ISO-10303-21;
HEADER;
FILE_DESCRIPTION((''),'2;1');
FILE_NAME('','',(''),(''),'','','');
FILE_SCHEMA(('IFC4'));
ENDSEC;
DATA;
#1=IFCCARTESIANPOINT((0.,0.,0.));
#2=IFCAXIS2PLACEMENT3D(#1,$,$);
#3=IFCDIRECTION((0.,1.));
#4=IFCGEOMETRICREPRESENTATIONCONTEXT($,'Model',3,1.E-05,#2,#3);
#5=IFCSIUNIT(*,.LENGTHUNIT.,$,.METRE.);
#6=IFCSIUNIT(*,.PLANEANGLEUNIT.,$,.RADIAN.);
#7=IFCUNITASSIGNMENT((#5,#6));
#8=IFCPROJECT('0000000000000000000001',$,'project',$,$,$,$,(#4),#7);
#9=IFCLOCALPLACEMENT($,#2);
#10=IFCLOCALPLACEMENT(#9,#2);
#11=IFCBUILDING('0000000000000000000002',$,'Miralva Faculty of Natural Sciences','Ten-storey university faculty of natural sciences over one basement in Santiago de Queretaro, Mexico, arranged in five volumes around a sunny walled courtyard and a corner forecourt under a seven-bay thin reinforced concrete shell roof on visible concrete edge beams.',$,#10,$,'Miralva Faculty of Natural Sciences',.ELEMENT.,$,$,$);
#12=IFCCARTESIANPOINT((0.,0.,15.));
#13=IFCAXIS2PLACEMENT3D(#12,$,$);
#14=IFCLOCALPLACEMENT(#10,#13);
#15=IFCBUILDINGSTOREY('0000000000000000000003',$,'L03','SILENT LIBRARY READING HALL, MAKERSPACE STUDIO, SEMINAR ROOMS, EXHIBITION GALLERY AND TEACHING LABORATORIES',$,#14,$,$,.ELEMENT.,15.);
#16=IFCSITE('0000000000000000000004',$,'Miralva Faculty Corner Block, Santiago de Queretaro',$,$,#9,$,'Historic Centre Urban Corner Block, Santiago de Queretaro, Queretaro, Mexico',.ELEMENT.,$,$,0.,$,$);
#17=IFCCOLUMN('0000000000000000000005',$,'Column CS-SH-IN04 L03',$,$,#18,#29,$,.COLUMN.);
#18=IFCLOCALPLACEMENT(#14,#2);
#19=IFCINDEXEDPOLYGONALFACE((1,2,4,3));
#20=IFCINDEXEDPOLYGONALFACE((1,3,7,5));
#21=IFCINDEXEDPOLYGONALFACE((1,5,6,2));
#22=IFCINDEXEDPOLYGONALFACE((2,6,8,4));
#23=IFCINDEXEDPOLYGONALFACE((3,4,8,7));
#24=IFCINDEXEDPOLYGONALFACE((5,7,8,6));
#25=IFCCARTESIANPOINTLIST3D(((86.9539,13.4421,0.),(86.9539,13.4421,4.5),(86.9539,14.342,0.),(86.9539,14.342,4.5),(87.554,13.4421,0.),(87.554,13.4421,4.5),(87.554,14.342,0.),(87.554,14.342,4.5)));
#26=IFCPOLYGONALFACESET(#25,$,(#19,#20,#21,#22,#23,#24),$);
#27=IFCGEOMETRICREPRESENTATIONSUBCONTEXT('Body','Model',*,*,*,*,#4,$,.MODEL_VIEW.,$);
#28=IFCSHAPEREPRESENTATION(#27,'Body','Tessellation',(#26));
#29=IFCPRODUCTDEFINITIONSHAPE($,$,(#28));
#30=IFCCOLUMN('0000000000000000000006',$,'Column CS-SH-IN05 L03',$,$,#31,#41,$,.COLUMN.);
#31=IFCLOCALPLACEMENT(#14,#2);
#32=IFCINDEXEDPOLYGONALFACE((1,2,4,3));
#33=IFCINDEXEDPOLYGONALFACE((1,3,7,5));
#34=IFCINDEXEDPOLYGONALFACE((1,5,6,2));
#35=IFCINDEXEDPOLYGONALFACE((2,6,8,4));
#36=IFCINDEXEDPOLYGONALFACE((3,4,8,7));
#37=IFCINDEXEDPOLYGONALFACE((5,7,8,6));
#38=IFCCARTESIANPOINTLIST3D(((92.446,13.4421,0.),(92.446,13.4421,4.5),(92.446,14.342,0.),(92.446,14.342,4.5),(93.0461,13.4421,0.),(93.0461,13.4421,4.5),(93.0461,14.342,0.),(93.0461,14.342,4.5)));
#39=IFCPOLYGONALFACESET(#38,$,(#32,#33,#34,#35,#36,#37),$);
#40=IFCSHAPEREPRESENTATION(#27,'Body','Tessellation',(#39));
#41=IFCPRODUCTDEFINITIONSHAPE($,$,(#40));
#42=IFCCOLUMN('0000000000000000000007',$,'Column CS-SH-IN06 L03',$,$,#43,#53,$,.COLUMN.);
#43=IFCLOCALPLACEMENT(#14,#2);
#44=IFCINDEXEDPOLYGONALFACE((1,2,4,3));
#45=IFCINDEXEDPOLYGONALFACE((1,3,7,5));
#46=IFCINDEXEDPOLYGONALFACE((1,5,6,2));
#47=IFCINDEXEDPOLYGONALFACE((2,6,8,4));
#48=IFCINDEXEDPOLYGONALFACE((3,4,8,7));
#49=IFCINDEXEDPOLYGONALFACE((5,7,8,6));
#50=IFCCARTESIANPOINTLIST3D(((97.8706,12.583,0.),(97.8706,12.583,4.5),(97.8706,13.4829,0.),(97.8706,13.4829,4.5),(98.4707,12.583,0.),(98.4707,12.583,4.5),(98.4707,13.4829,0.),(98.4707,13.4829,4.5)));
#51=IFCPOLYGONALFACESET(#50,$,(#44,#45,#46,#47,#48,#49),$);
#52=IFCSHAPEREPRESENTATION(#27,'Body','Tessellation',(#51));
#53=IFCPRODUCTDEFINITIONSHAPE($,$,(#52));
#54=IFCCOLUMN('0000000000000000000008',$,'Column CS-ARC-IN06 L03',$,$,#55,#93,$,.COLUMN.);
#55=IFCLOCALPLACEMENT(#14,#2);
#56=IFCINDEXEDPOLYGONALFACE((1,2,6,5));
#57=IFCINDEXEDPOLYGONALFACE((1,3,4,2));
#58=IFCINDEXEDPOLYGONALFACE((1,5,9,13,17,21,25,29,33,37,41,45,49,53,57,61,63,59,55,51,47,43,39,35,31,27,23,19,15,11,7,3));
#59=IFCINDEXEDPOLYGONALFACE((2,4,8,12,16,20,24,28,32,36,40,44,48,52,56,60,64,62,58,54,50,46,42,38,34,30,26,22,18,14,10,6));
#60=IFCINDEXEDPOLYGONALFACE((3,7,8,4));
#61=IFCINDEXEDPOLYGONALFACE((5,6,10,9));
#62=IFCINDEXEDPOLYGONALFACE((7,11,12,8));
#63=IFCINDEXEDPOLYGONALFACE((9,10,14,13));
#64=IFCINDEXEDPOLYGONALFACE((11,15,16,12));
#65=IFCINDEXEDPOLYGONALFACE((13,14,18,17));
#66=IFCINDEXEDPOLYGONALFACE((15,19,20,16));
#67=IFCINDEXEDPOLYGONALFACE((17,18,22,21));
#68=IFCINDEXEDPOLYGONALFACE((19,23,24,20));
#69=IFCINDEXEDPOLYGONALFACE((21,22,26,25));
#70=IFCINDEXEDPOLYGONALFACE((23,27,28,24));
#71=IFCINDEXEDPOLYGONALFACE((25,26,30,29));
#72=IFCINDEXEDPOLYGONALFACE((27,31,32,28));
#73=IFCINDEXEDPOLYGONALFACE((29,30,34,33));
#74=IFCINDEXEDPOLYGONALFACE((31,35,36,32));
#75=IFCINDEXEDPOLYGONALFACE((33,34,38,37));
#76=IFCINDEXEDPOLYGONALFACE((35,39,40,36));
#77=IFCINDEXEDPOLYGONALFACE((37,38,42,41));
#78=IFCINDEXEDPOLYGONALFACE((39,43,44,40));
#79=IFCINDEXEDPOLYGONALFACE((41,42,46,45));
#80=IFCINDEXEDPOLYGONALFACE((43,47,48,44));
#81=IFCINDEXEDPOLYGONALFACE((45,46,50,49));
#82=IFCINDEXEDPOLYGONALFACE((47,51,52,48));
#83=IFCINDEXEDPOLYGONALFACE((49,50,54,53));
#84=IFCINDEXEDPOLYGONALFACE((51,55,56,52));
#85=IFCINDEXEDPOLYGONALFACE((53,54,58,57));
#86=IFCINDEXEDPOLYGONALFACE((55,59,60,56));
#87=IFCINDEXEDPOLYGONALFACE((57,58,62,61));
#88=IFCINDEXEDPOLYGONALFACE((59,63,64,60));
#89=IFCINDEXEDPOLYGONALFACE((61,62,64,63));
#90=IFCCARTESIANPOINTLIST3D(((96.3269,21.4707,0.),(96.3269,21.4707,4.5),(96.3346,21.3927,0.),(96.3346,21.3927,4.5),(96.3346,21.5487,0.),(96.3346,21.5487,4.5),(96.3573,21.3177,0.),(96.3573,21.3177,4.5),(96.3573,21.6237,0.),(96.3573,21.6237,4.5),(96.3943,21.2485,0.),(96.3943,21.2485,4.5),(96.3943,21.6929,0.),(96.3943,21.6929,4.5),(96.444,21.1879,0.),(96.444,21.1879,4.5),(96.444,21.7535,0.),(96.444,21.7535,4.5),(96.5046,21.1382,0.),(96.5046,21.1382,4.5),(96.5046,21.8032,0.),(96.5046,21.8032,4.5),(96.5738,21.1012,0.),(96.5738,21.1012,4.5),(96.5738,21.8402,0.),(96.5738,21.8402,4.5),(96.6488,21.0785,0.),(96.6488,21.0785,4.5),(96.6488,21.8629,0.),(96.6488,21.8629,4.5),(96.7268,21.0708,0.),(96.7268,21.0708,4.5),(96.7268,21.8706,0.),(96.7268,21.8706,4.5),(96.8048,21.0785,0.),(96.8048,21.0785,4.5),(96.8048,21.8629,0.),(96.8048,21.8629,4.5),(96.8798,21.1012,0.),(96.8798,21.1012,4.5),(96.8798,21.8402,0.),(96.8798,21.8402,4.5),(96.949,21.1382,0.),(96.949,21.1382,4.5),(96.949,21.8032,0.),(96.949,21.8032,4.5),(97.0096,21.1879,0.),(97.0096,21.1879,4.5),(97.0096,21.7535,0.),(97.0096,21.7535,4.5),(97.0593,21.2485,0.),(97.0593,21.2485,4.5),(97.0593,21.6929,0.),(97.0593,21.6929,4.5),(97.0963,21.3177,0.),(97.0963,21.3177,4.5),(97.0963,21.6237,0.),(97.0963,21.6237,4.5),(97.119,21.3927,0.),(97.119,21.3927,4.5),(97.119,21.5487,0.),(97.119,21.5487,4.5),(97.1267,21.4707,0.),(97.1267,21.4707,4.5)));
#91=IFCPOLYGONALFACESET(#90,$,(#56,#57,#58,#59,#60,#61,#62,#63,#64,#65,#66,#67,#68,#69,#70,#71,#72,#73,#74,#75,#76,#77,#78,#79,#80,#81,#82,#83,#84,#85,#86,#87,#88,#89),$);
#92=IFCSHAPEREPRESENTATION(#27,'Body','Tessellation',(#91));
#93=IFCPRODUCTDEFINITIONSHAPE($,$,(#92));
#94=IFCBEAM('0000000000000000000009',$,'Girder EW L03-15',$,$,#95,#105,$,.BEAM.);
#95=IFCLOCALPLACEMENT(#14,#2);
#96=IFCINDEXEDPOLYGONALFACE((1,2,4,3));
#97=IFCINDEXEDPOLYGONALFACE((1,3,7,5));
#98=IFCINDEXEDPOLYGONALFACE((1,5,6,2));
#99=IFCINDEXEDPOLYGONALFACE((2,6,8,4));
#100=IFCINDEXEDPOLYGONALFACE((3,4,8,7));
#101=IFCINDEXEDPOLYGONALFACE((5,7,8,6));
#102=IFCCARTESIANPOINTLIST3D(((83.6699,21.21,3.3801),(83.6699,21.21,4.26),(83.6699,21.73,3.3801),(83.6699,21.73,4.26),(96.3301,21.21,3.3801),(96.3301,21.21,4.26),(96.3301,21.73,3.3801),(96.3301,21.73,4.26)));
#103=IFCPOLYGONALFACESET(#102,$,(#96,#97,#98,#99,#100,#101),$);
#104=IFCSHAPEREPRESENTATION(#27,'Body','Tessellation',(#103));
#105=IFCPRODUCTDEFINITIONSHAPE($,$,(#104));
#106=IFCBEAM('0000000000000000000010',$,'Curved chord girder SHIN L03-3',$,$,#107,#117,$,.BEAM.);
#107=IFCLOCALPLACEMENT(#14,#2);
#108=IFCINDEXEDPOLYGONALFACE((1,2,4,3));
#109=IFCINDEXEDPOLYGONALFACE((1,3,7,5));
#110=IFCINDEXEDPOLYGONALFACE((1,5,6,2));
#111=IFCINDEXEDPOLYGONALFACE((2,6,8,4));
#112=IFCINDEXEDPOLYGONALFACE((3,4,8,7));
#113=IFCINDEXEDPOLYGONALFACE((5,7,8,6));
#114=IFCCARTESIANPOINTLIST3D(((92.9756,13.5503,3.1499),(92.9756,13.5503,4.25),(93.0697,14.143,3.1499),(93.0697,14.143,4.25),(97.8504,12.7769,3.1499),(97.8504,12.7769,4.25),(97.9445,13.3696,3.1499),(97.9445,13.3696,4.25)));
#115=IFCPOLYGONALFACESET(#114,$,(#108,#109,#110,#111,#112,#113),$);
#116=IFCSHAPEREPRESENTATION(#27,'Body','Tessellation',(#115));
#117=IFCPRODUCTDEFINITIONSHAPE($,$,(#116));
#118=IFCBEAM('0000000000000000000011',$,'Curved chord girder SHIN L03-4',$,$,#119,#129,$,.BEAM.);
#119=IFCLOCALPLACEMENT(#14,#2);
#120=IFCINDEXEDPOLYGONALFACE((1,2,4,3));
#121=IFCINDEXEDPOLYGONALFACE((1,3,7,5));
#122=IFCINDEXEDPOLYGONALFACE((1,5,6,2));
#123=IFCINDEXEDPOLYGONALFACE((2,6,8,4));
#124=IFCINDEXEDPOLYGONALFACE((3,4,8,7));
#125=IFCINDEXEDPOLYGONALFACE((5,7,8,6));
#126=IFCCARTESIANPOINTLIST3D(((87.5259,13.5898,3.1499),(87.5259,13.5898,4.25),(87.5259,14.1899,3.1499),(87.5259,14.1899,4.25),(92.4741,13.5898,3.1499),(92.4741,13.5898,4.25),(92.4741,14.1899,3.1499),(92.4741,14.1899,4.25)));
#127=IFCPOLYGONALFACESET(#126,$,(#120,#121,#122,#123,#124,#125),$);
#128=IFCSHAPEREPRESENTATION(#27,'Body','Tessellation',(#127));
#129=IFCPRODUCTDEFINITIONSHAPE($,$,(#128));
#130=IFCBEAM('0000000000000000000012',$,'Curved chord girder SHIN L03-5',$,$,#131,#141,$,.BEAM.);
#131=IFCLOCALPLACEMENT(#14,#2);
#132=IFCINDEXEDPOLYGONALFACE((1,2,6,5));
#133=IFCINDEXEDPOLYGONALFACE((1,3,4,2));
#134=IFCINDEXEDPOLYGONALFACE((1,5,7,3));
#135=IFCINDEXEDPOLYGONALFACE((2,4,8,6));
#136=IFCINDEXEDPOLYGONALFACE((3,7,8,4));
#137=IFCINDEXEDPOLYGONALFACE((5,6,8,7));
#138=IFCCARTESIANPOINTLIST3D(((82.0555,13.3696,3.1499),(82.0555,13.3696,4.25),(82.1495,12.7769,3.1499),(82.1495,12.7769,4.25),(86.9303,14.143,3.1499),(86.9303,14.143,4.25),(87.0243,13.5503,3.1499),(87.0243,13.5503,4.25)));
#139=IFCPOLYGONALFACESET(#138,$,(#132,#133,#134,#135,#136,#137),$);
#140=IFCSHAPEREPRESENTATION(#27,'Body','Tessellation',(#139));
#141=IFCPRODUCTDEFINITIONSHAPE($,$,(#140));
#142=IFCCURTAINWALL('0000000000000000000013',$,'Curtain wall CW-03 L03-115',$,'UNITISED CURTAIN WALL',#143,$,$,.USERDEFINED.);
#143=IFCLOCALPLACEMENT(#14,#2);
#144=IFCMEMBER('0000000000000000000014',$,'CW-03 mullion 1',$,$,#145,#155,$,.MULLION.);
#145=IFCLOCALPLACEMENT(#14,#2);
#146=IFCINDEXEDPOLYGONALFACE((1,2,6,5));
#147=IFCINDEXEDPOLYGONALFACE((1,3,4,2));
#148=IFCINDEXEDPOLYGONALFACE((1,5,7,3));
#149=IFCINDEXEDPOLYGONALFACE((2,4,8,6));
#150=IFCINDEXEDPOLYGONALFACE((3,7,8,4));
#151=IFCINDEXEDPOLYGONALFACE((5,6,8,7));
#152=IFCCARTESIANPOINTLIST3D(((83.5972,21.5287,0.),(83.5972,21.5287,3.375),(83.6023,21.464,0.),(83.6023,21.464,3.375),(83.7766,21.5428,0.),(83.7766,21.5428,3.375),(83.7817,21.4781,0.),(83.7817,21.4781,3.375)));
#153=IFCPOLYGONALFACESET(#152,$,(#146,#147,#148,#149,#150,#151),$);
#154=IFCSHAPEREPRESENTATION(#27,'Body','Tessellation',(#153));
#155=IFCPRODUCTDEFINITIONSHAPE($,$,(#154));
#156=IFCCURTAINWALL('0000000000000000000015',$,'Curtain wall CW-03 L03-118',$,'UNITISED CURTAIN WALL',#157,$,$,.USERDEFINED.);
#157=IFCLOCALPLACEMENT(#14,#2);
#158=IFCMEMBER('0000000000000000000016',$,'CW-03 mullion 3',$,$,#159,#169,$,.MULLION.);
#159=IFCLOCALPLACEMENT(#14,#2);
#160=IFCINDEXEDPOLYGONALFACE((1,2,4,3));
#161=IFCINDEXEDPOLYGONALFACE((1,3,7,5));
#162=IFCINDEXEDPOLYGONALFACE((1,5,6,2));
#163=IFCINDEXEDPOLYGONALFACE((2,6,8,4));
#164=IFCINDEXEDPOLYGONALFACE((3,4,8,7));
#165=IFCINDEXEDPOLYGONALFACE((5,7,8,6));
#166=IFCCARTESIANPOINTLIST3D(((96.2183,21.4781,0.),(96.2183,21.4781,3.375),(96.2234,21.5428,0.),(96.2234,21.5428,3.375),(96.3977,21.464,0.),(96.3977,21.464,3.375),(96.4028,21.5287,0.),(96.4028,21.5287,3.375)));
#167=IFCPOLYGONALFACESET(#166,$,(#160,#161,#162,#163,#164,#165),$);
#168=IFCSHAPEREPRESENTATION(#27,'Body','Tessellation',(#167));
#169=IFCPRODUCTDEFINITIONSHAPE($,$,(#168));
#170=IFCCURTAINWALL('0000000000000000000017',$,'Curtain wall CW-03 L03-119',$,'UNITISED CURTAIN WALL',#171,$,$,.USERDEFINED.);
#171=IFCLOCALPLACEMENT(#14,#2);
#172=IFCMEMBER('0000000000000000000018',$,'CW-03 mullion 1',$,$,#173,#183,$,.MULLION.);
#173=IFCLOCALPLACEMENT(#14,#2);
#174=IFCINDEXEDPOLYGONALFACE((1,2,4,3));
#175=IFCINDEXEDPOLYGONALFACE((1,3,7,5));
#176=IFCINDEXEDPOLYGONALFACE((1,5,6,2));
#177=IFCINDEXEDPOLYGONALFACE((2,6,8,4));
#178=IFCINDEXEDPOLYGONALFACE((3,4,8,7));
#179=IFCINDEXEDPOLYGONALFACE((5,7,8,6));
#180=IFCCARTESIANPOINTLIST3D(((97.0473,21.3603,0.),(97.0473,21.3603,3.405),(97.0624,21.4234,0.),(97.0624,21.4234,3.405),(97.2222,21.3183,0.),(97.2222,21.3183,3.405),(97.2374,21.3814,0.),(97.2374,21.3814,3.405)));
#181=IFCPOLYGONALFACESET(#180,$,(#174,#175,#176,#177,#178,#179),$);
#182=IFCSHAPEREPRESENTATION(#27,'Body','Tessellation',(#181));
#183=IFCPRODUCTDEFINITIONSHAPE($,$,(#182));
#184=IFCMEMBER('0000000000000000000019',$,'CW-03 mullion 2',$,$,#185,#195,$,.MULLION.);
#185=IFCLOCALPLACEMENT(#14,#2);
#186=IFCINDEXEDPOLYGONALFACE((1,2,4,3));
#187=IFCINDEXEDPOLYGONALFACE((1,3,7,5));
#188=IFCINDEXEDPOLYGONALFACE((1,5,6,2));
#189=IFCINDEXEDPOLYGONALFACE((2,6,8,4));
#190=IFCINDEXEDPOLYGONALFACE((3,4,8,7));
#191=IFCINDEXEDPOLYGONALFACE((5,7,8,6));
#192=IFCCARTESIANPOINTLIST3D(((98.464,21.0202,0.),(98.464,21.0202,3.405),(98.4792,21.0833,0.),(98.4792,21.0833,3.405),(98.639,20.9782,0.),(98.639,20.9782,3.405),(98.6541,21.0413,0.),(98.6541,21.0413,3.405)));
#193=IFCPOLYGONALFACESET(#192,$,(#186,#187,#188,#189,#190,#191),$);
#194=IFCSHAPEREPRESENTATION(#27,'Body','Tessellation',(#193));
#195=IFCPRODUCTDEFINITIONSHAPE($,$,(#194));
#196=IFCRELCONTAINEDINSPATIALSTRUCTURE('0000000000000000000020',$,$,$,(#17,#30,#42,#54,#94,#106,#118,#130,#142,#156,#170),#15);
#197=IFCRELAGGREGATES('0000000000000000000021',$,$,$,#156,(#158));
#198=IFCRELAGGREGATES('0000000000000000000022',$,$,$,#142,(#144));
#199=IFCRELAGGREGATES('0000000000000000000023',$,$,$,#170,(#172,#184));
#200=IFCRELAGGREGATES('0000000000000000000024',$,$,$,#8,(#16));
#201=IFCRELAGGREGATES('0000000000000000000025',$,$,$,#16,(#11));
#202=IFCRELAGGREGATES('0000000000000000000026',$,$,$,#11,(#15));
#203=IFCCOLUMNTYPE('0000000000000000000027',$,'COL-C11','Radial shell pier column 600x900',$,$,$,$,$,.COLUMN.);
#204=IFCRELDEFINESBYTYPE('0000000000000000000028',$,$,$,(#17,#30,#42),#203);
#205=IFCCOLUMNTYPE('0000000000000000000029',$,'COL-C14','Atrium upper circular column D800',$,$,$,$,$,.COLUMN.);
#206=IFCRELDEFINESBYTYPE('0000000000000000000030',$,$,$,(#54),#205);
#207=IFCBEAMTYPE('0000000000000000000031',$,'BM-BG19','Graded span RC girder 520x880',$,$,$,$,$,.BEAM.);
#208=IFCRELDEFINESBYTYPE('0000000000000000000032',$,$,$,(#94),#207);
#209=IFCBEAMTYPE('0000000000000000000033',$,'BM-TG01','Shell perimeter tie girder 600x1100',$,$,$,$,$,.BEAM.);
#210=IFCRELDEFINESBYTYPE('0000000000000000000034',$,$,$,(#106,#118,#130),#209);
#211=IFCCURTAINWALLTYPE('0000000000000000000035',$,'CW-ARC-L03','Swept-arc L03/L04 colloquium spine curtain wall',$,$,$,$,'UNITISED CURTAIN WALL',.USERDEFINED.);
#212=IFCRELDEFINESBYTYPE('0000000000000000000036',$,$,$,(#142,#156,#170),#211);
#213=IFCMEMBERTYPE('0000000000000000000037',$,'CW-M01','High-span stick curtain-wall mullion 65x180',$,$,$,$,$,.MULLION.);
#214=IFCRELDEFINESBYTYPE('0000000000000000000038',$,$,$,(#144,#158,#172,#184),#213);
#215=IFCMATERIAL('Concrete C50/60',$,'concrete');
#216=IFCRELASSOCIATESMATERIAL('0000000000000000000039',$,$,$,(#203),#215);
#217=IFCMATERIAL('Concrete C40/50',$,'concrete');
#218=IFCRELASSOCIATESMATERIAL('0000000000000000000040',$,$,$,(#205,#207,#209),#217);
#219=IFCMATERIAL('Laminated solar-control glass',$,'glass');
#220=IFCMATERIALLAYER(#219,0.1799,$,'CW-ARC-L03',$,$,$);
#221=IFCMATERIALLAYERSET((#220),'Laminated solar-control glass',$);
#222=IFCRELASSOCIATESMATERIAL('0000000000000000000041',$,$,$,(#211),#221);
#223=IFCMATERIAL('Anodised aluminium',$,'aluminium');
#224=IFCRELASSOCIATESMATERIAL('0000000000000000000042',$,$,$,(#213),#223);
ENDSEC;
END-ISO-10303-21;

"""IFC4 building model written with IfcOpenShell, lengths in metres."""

from ifc_helpers import new_model, si_unit, direction, frame, origin, origin_2d, place, context, subcontext, project, spatial, rectangle, circle, extrude, material, layer, layer_set, material_profile, profile_set, type_object, element, aggregate, save


model = new_model("IFC4")

# Units and contexts
model_context = context("Model", 3, precision=1e-05, world=origin(), true_north=direction((0.0, 1.0)))
body_context = subcontext(model_context, "Body", "Model", "MODEL_VIEW")
ifc_project = project(units=[si_unit("LENGTHUNIT", "METRE"), si_unit("PLANEANGLEUNIT", "RADIAN")], contexts=[model_context])

# Site, building, storey
site_placement = place(None, origin())
site = spatial("IfcSite", under=ifc_project, at=site_placement, Name="Miralva Faculty Corner Block, Santiago de Queretaro", LongName="Historic Centre Urban Corner Block, Santiago de Queretaro, Queretaro, Mexico", CompositionType="ELEMENT", RefElevation=0.0)
building_placement = place(site_placement, origin())
building = spatial("IfcBuilding", under=site, at=building_placement, Name="Miralva Faculty of Natural Sciences", Description="Ten-storey university faculty of natural sciences over one basement in Santiago de Queretaro, Mexico, arranged in five volumes around a sunny walled courtyard and a corner forecourt under a seven-bay thin reinforced concrete shell roof on visible concrete edge beams.", LongName="Miralva Faculty of Natural Sciences", CompositionType="ELEMENT")
storey_placement = place(building_placement, frame((0.0, 0.0, 15.0)))
storey = spatial("IfcBuildingStorey", under=building, at=storey_placement, Name="L03", Description="SILENT LIBRARY READING HALL, MAKERSPACE STUDIO, SEMINAR ROOMS, EXHIBITION GALLERY AND TEACHING LABORATORIES", CompositionType="ELEMENT", Elevation=15.0)

# Columns
ifc_material_1 = material(Name="Concrete C50/60", Category="concrete")
ifc_material_profile_1 = material_profile(ifc_material_1, rectangle(XDim=0.6001, YDim=0.8999, at=origin_2d()), Name="RC 600x900")
ifc_profile_set_1 = profile_set([ifc_material_profile_1], Name="Concrete C50/60")
column_type_1 = type_object("IfcColumnType", Name="COL-C11", Description="Radial shell pier column 600x900", PredefinedType="COLUMN", material=ifc_profile_set_1)
for number, where, z_axis, x_axis, name in (
    (1, (87.2539, 13.8921, 0.0), (0.0, 0.0, 1.0), (1.0, 0.0, 0.0), "Column CS-SH-IN04 L03"),
    (2, (92.7461, 13.8921, 0.0), (0.0, 0.0, 1.0), (1.0, 0.0, 0.0), "Column CS-SH-IN05 L03"),
    (3, (98.1707, 13.033, 0.0), (0.0, 0.0, 1.0), (1.0, 0.0, 0.0), "Column CS-SH-IN06 L03"),
):
    element("IfcColumn", number, at=place(storey_placement, frame(where, z_axis=z_axis, x_axis=x_axis)), inside=storey, type_object=column_type_1, Name=name, PredefinedType="COLUMN", context=body_context, shape_type="SweptSolid", body=[
        extrude(rectangle(XDim=0.6001, YDim=0.8999, at=origin_2d()), origin(), (0.0, 0.0, 1.0), 4.5),
    ])
ifc_material_2 = material(Name="Concrete C40/50", Category="concrete")
ifc_material_profile_2 = material_profile(ifc_material_2, circle(Radius=0.3999, at=origin_2d()), Name="RC DIA 800")
ifc_profile_set_2 = profile_set([ifc_material_profile_2], Name="Concrete C40/50")
column_type_2 = type_object("IfcColumnType", Name="COL-C14", Description="Atrium upper circular column D800", PredefinedType="COLUMN", material=ifc_profile_set_2)
column_placement = place(storey_placement, frame((96.7268, 21.4707, 0.0), z_axis=(0.0, 0.0, 1.0), x_axis=(1.0, 0.0, 0.0)))
element("IfcColumn", 4, at=column_placement, inside=storey, type_object=column_type_2, Name="Column CS-ARC-IN06 L03", PredefinedType="COLUMN", context=body_context, shape_type="SweptSolid", body=[
    extrude(circle(Radius=0.3999, at=origin_2d()), origin(), (0.0, 0.0, 1.0), 4.5),
])

# Beams
ifc_material_profile_3 = material_profile(ifc_material_2, rectangle(XDim=0.52, YDim=0.8799, at=origin_2d()), Name="RC 520x880")
ifc_profile_set_3 = profile_set([ifc_material_profile_3], Name="Concrete C40/50")
beam_type_1 = type_object("IfcBeamType", Name="BM-BG19", Description="Graded span RC girder 520x880", PredefinedType="BEAM", material=ifc_profile_set_3)
beam_1_placement = place(storey_placement, frame((83.6699, 21.47, 3.8201), z_axis=(1.0, 0.0, 0.0), x_axis=(0.0, 1.0, 0.0)))
element("IfcBeam", 5, at=beam_1_placement, inside=storey, type_object=beam_type_1, Name="Girder EW L03-15", PredefinedType="BEAM", context=body_context, shape_type="SweptSolid", body=[
    extrude(rectangle(XDim=0.52, YDim=0.8799, at=origin_2d()), origin(), (0.0, 0.0, 1.0), 12.6602),
])
ifc_material_profile_4 = material_profile(ifc_material_2, rectangle(XDim=0.6001, YDim=1.1001, at=origin_2d()), Name="RC 600x1100")
ifc_profile_set_4 = profile_set([ifc_material_profile_4], Name="Concrete C40/50")
beam_type_2 = type_object("IfcBeamType", Name="BM-TG01", Description="Shell perimeter tie girder 600x1100", PredefinedType="BEAM", material=ifc_profile_set_4)
beam_2_placement = place(storey_placement, frame((97.8975, 13.0732, 3.7), z_axis=(-0.987646, 0.156702, 0.0), x_axis=(-0.156702, -0.987646, 0.0)))
element("IfcBeam", 6, at=beam_2_placement, inside=storey, type_object=beam_type_2, Name="Curved chord girder SHIN L03-3", PredefinedType="BEAM", context=body_context, shape_type="SweptSolid", body=[
    extrude(rectangle(XDim=0.6001, YDim=1.1001, at=origin_2d()), origin(), (0.0, 0.0, 1.0), 4.9358),
])
beam_3_placement = place(storey_placement, frame((92.4741, 13.8899, 3.7), z_axis=(-1.0, 0.0, 0.0), x_axis=(0.0, -1.0, 0.0)))
element("IfcBeam", 7, at=beam_3_placement, inside=storey, type_object=beam_type_2, Name="Curved chord girder SHIN L03-4", PredefinedType="BEAM", context=body_context, shape_type="SweptSolid", body=[
    extrude(rectangle(XDim=0.6001, YDim=1.1001, at=origin_2d()), origin(), (0.0, 0.0, 1.0), 4.9482),
])
beam_4_placement = place(storey_placement, frame((86.9773, 13.8467, 3.7), z_axis=(-0.987646, -0.156702, 0.0), x_axis=(0.156702, -0.987646, 0.0)))
element("IfcBeam", 8, at=beam_4_placement, inside=storey, type_object=beam_type_2, Name="Curved chord girder SHIN L03-5", PredefinedType="BEAM", context=body_context, shape_type="SweptSolid", body=[
    extrude(rectangle(XDim=0.6001, YDim=1.1001, at=origin_2d()), origin(), (0.0, 0.0, 1.0), 4.9358),
])

# Curtain walls, members
ifc_material_3 = material(Name="Laminated solar-control glass", Category="glass")
ifc_layer_1 = layer(ifc_material_3, 0.1799, Name="CW-ARC-L03")
ifc_layer_set_1 = layer_set([ifc_layer_1], Name="Laminated solar-control glass")
curtain_wall_type = type_object("IfcCurtainWallType", Name="CW-ARC-L03", Description="Swept-arc L03/L04 colloquium spine curtain wall", ElementType="UNITISED CURTAIN WALL", PredefinedType="USERDEFINED", material=ifc_layer_set_1)
curtain_wall_1_placement = place(storey_placement, origin())
curtain_wall_1 = element("IfcCurtainWall", 9, at=curtain_wall_1_placement, inside=storey, type_object=curtain_wall_type, Name="Curtain wall CW-03 L03-115", ObjectType="UNITISED CURTAIN WALL", PredefinedType="USERDEFINED")
ifc_material_4 = material(Name="Anodised aluminium", Category="aluminium")
ifc_material_profile_5 = material_profile(ifc_material_4, rectangle(XDim=0.0649, YDim=0.1799, at=origin_2d()), Name="MULLION 65x180")
ifc_profile_set_5 = profile_set([ifc_material_profile_5], Name="Anodised aluminium")
member_type_1 = type_object("IfcMemberType", Name="CW-M01", Description="High-span stick curtain-wall mullion 65x180", PredefinedType="MULLION", material=ifc_profile_set_5)
member_1_placement = place(storey_placement, frame((83.6895, 21.5034, 0.0), z_axis=(0.0, 0.0, 1.0), x_axis=(-0.078459, 0.996917, 0.0)))
member_1 = element("IfcMember", 10, at=member_1_placement, type_object=member_type_1, Name="CW-03 mullion 1", PredefinedType="MULLION", context=body_context, shape_type="SweptSolid", body=[
    extrude(rectangle(XDim=0.0649, YDim=0.1799, at=origin_2d()), origin(), (0.0, 0.0, 1.0), 3.375),
])
curtain_wall_2_placement = place(storey_placement, origin())
curtain_wall_2 = element("IfcCurtainWall", 11, at=curtain_wall_2_placement, inside=storey, type_object=curtain_wall_type, Name="Curtain wall CW-03 L03-118", ObjectType="UNITISED CURTAIN WALL", PredefinedType="USERDEFINED")
member_2_placement = place(storey_placement, frame((96.3105, 21.5034, 0.0), z_axis=(0.0, 0.0, 1.0), x_axis=(0.078461, 0.996917, 0.0)))
member_2 = element("IfcMember", 12, at=member_2_placement, type_object=member_type_1, Name="CW-03 mullion 3", PredefinedType="MULLION", context=body_context, shape_type="SweptSolid", body=[
    extrude(rectangle(XDim=0.0649, YDim=0.1799, at=origin_2d()), origin(), (0.0, 0.0, 1.0), 3.375),
])
aggregate(curtain_wall_2, [member_2])

# Curtain wall, members
curtain_wall_3_placement = place(storey_placement, origin())
curtain_wall_3 = element("IfcCurtainWall", 13, at=curtain_wall_3_placement, inside=storey, type_object=curtain_wall_type, Name="Curtain wall CW-03 L03-119", ObjectType="UNITISED CURTAIN WALL", PredefinedType="USERDEFINED")
member_3_placement = place(storey_placement, frame((97.1423, 21.3708, 0.0), z_axis=(0.0, 0.0, 1.0), x_axis=(0.233457, 0.972367, 0.0)))
member_3 = element("IfcMember", 14, at=member_3_placement, type_object=member_type_1, Name="CW-03 mullion 1", PredefinedType="MULLION", context=body_context, shape_type="SweptSolid", body=[
    extrude(rectangle(XDim=0.0649, YDim=0.1799, at=origin_2d()), origin(), (0.0, 0.0, 1.0), 3.405),
])
member_4_placement = place(storey_placement, frame((98.5591, 21.0308, 0.0), z_axis=(0.0, 0.0, 1.0), x_axis=(0.233457, 0.972367, 0.0)))
member_4 = element("IfcMember", 15, at=member_4_placement, type_object=member_type_1, Name="CW-03 mullion 2", PredefinedType="MULLION", context=body_context, shape_type="SweptSolid", body=[
    extrude(rectangle(XDim=0.0649, YDim=0.1799, at=origin_2d()), origin(), (0.0, 0.0, 1.0), 3.405),
])

aggregate(curtain_wall_1, [member_1])

aggregate(curtain_wall_3, [member_3, member_4])

save(model, "model.ifc")
